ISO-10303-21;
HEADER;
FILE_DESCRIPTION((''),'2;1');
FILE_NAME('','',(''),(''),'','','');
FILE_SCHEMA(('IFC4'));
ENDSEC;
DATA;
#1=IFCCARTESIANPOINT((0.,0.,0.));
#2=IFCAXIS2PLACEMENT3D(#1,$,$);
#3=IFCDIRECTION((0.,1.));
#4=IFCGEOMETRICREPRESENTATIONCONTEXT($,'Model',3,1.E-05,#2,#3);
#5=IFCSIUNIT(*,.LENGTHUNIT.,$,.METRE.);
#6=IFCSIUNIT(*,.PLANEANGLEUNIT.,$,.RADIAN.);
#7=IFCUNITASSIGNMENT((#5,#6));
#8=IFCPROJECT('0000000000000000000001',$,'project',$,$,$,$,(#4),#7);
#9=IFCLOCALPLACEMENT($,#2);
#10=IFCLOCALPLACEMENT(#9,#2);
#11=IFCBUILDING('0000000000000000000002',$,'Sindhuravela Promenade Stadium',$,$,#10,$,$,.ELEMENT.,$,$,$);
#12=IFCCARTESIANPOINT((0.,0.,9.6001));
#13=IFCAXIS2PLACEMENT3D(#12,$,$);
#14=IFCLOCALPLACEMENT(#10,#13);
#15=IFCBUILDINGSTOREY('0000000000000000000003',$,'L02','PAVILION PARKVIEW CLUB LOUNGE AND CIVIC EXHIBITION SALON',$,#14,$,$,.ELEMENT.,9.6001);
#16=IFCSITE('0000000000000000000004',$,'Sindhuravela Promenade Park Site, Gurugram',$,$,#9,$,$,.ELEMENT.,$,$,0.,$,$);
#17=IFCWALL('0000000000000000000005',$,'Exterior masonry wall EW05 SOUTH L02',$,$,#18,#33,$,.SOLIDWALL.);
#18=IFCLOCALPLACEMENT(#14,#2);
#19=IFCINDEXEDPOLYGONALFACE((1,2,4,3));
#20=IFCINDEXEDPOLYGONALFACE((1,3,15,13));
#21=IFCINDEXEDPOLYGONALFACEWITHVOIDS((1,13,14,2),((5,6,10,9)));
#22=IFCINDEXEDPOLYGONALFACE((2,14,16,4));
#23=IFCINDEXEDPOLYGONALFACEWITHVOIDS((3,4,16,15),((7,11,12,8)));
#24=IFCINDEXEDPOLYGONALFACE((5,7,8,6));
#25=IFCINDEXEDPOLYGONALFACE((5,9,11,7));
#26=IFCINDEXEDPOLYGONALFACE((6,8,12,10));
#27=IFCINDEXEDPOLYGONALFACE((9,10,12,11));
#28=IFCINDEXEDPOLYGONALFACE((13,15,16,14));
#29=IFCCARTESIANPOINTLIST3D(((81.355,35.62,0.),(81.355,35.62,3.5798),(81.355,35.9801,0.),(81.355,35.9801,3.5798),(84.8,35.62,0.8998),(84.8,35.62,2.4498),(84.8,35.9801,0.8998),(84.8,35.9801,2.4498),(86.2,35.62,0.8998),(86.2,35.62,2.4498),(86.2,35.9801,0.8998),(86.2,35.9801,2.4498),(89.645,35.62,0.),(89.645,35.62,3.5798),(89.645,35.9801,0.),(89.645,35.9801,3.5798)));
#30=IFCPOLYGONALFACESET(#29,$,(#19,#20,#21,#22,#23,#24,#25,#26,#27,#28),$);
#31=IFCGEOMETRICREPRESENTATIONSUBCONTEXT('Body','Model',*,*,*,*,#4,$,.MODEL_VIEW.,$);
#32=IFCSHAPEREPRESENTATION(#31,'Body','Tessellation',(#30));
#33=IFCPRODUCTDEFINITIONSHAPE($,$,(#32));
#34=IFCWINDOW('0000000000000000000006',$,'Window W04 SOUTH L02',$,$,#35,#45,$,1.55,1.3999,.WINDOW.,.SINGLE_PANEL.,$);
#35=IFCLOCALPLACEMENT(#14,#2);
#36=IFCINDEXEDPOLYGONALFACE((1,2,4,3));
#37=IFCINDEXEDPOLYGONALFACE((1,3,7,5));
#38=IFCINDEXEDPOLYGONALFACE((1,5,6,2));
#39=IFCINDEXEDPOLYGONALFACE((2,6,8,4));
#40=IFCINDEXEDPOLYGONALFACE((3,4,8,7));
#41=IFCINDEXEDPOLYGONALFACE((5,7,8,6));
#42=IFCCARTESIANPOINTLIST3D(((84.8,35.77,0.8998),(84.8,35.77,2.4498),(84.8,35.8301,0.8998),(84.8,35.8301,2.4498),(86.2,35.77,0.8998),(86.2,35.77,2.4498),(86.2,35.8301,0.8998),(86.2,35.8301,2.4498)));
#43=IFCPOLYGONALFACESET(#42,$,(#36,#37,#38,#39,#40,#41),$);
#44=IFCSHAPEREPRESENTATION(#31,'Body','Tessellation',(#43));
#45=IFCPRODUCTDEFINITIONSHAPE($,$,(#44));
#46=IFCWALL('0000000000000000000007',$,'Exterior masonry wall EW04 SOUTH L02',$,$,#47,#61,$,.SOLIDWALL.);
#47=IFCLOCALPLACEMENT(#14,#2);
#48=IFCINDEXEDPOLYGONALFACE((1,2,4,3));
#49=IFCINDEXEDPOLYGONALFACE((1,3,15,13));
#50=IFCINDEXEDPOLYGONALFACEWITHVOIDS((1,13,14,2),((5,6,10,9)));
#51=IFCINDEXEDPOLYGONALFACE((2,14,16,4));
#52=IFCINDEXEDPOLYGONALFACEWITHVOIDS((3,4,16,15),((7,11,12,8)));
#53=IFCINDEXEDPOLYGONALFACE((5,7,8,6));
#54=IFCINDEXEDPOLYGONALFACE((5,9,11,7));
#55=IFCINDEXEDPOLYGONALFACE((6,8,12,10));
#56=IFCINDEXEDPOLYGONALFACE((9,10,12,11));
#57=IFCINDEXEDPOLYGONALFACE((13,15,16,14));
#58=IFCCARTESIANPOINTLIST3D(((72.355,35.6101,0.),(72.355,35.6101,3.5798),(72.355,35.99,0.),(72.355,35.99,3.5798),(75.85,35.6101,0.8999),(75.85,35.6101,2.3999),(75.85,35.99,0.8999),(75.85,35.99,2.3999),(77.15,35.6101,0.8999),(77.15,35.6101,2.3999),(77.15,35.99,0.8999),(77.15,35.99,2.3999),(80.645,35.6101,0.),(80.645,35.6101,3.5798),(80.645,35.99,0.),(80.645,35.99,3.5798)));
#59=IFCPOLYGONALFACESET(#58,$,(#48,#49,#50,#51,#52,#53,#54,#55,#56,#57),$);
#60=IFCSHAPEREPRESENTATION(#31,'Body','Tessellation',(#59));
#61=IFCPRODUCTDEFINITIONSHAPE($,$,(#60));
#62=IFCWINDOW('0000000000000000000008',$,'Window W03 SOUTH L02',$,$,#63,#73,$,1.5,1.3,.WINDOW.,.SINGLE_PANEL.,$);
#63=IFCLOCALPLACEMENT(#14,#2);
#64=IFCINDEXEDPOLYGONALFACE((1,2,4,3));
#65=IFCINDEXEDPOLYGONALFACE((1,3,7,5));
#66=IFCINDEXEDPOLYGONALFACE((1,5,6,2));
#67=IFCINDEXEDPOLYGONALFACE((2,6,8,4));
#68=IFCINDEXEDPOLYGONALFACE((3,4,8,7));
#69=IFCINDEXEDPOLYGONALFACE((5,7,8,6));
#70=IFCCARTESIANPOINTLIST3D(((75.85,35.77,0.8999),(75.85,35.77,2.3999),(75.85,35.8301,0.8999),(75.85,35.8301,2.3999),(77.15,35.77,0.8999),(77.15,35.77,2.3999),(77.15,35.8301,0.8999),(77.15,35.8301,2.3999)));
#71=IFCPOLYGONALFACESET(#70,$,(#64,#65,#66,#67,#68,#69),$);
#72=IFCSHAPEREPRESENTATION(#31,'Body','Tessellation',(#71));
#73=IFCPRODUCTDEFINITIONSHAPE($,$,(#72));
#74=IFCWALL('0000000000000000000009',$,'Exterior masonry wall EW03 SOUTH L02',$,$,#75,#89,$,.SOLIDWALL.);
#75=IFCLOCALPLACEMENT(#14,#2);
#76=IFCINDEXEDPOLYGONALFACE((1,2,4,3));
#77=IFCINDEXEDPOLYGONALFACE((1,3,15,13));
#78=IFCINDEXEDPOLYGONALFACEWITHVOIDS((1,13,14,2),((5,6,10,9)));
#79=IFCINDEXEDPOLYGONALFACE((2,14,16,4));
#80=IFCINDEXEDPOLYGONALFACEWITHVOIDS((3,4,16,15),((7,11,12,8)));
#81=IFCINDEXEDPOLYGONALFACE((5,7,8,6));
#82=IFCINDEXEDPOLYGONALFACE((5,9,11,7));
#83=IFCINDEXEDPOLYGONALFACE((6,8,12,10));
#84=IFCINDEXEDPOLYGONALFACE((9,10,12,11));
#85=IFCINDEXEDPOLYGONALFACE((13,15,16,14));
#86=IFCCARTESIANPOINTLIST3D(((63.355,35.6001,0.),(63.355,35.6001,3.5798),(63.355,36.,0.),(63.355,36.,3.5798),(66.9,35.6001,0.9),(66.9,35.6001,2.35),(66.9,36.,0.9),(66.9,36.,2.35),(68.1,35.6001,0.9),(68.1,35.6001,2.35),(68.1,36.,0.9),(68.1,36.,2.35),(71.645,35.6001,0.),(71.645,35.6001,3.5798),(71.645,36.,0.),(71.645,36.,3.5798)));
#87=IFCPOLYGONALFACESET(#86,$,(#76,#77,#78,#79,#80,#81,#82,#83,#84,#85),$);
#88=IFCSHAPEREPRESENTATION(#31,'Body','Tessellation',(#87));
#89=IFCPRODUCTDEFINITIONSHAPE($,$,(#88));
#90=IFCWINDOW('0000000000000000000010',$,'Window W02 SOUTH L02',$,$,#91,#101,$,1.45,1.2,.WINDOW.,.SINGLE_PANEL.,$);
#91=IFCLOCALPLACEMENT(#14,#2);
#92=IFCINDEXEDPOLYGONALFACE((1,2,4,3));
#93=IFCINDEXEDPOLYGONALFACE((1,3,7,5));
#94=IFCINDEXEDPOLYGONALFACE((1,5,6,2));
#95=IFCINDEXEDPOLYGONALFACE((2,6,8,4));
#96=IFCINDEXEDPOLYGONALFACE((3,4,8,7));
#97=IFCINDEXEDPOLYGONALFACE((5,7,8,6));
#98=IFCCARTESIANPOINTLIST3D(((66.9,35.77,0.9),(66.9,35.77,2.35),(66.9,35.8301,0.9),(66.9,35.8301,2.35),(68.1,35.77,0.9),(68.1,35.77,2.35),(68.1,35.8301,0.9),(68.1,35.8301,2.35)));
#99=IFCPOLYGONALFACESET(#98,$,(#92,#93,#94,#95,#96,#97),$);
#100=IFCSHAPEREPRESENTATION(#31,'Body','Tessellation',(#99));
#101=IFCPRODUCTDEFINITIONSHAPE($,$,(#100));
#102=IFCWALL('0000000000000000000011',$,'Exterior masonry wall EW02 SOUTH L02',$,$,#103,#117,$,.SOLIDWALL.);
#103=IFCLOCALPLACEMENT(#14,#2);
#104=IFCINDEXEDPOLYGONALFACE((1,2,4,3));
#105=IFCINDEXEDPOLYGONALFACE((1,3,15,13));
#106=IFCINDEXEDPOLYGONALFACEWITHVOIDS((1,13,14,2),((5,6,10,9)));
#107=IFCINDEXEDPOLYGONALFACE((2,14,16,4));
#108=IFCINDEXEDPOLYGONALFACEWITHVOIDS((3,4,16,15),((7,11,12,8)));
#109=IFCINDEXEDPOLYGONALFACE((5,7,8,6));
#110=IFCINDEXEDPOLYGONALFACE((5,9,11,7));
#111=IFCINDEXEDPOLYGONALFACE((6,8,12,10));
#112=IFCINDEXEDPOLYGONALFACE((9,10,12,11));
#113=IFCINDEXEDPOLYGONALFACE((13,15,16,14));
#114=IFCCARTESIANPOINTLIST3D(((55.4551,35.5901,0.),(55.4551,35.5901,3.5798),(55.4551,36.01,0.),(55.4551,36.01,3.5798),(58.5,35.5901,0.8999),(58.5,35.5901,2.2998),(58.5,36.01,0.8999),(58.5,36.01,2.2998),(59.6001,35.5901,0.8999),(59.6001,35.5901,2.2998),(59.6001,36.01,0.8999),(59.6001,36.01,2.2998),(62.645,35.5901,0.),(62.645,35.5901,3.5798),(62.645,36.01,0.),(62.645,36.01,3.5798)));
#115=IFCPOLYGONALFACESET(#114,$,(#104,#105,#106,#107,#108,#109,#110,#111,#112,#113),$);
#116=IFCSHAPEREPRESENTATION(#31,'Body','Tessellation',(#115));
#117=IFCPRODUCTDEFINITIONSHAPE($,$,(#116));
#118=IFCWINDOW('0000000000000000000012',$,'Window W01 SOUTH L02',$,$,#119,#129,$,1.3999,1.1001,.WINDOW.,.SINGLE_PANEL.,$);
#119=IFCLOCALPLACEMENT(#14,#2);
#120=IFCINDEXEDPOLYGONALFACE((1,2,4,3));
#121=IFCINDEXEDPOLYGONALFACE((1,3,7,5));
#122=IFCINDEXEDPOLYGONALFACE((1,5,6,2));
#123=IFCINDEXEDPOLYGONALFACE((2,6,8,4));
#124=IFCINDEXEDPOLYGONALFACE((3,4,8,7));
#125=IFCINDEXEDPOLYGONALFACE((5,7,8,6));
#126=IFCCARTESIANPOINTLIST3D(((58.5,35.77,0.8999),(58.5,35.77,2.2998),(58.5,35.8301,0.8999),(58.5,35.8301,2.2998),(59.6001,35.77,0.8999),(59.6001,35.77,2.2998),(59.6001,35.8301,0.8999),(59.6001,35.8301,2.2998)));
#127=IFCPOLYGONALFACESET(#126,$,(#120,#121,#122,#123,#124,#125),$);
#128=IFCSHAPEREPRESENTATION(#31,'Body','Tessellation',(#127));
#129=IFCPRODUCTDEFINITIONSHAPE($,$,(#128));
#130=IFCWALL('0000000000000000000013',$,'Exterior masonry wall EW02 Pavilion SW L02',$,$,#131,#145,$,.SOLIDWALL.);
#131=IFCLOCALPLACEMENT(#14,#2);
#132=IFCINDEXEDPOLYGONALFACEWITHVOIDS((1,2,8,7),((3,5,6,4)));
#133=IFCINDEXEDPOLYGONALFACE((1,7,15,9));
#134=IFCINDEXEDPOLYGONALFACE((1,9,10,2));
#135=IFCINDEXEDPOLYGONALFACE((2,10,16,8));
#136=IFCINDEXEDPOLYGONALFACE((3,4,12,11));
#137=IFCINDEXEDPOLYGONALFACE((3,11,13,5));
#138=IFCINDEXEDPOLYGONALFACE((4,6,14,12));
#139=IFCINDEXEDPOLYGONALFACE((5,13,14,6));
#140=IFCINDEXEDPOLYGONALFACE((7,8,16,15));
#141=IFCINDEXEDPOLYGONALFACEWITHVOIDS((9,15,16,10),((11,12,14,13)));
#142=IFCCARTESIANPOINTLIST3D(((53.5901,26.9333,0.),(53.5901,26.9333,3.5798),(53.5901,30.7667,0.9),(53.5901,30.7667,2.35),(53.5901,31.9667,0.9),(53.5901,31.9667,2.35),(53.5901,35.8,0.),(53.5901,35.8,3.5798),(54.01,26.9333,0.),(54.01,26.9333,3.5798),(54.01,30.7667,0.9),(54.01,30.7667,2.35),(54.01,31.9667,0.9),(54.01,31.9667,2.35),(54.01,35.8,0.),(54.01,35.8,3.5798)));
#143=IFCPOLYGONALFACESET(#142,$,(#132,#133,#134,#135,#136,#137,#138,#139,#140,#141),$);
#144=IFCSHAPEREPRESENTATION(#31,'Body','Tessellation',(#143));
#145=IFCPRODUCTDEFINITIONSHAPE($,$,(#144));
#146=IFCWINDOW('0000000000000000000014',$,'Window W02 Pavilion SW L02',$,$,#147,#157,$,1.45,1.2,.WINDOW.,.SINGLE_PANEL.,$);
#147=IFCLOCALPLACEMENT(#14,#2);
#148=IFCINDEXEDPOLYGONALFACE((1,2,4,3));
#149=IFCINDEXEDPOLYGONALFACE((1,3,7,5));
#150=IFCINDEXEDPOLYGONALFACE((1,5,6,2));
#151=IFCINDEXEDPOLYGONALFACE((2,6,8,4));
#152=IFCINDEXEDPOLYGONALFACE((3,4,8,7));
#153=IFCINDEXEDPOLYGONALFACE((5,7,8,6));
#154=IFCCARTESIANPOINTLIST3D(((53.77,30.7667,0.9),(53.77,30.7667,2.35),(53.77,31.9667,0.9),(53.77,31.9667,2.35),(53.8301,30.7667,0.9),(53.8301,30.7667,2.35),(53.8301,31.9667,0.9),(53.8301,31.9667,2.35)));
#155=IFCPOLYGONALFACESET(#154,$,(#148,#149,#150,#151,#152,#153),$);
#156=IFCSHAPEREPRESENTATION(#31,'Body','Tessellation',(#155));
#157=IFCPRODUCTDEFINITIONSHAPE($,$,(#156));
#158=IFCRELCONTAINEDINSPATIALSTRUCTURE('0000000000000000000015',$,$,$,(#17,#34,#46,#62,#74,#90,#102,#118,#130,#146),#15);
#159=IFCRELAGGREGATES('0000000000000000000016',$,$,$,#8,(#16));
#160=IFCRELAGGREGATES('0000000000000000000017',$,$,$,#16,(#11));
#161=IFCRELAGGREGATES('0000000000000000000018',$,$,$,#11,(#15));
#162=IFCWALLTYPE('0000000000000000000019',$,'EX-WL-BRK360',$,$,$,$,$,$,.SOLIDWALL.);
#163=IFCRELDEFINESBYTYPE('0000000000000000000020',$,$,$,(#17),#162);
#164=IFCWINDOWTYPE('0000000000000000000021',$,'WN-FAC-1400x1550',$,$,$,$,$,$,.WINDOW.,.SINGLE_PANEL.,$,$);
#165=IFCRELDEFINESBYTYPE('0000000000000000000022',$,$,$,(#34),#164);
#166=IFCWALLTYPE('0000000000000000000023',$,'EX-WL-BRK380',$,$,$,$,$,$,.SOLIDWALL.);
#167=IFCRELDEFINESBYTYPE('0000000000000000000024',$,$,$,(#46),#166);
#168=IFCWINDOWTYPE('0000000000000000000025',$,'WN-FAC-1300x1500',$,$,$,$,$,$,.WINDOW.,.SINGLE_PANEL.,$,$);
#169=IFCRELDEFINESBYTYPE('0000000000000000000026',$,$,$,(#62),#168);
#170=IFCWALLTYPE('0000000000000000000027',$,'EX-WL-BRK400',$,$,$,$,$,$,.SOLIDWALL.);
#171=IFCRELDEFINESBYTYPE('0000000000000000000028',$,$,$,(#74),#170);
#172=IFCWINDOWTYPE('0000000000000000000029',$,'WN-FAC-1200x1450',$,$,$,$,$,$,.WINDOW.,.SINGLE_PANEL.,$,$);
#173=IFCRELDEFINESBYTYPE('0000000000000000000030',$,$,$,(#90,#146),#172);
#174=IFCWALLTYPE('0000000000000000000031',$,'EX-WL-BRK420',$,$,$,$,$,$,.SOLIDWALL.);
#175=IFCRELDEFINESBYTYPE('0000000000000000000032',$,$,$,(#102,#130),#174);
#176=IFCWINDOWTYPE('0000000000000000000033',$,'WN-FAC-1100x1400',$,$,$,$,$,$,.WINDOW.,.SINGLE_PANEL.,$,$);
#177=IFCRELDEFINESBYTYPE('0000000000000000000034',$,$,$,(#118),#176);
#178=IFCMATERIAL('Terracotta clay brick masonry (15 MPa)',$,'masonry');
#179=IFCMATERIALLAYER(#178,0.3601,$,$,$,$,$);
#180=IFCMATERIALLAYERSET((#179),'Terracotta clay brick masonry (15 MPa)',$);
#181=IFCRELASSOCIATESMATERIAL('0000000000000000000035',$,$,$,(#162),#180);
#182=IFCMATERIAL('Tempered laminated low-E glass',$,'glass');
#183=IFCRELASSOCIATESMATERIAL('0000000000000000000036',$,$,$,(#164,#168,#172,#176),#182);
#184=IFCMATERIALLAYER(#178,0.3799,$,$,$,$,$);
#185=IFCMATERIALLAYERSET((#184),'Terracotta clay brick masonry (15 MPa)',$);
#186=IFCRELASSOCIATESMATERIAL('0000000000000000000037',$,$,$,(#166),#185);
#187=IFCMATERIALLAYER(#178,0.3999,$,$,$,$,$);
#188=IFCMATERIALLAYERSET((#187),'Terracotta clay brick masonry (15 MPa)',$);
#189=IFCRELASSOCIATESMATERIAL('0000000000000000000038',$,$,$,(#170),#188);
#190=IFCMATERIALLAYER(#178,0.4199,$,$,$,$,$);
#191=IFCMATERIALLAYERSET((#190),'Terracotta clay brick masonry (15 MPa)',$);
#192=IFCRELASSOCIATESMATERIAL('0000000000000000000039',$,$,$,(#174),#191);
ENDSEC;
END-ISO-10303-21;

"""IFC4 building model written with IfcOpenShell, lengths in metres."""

from ifc_helpers import new_model, si_unit, direction, frame, frame_2d, origin, place, context, subcontext, project, spatial, rectangle, extrude, material, layer, layer_set, type_object, element, fill, save


model = new_model("IFC4")

# Units and contexts
model_context = context("Model", 3, precision=1e-05, world=origin(), true_north=direction((0.0, 1.0)))
body_context = subcontext(model_context, "Body", "Model", "MODEL_VIEW")
ifc_project = project(units=[si_unit("LENGTHUNIT", "METRE"), si_unit("PLANEANGLEUNIT", "RADIAN")], contexts=[model_context])

# Site, building, storey
site_placement = place(None, origin())
site = spatial("IfcSite", under=ifc_project, at=site_placement, Name="Sindhuravela Promenade Park Site, Gurugram", CompositionType="ELEMENT", RefElevation=0.0)
building_placement = place(site_placement, origin())
building = spatial("IfcBuilding", under=site, at=building_placement, Name="Sindhuravela Promenade Stadium", CompositionType="ELEMENT")
storey_placement = place(building_placement, frame((0.0, 0.0, 9.6001)))
storey = spatial("IfcBuildingStorey", under=building, at=storey_placement, Name="L02", Description="PAVILION PARKVIEW CLUB LOUNGE AND CIVIC EXHIBITION SALON", CompositionType="ELEMENT", Elevation=9.6001)

# Walls, openings, windows
ifc_material_1 = material(Name="Terracotta clay brick masonry (15 MPa)", Category="masonry")
ifc_material_2 = material(Name="Tempered laminated low-E glass", Category="glass")
ifc_layer_1 = layer(ifc_material_1, 0.3601)
ifc_layer_set_1 = layer_set([ifc_layer_1], Name="Terracotta clay brick masonry (15 MPa)")
wall_type_1 = type_object("IfcWallType", Name="EX-WL-BRK360", PredefinedType="SOLIDWALL", material=ifc_layer_set_1)
wall_1_placement = place(storey_placement, frame((81.355, 35.8, 0.0), z_axis=(0.0, 0.0, 1.0), x_axis=(1.0, 0.0, 0.0)))
wall_1 = element("IfcWall", 1, at=wall_1_placement, inside=storey, type_object=wall_type_1, Name="Exterior masonry wall EW05 SOUTH L02", PredefinedType="SOLIDWALL", context=body_context, shape_type="SweptSolid", body=[
    extrude(rectangle(XDim=8.29, YDim=0.3601, at=frame_2d((4.145, 0.0))), origin(), (0.0, 0.0, 1.0), 3.5798),
])
opening_1_placement = place(wall_1_placement, frame((3.4451, 0.0, 0.8999)))
opening_1 = element("IfcOpeningElement", 2, at=opening_1_placement, cuts=wall_1, PredefinedType="OPENING", context=body_context, shape_type="SweptSolid", body=[
    extrude(rectangle(XDim=1.3999, YDim=1.55, at=frame_2d((0.7, 0.7749))), frame((0.0, 0.1899, 0.0), z_axis=(0.0, -1.0, 0.0), x_axis=(1.0, 0.0, 0.0)), (0.0, 0.0, 1.0), 0.3801),
])
window_type_1 = type_object("IfcWindowType", Name="WN-FAC-1400x1550", PartitioningType="SINGLE_PANEL", PredefinedType="WINDOW", material=ifc_material_2)
window_1_placement = place(opening_1_placement, origin())
window_1 = element("IfcWindow", 3, at=window_1_placement, inside=storey, type_object=window_type_1, Name="Window W04 SOUTH L02", OverallHeight=1.55, OverallWidth=1.3999, PartitioningType="SINGLE_PANEL", PredefinedType="WINDOW", context=body_context, shape_type="SweptSolid", body=[
    extrude(rectangle(XDim=1.3999, YDim=1.55, at=frame_2d((0.7, 0.7749))), frame((0.0, 0.03, 0.0), z_axis=(0.0, -1.0, 0.0), x_axis=(1.0, 0.0, 0.0)), (0.0, 0.0, 1.0), 0.0601),
])
fill(opening_1, window_1)
ifc_layer_2 = layer(ifc_material_1, 0.3799)
ifc_layer_set_2 = layer_set([ifc_layer_2], Name="Terracotta clay brick masonry (15 MPa)")
wall_type_2 = type_object("IfcWallType", Name="EX-WL-BRK380", PredefinedType="SOLIDWALL", material=ifc_layer_set_2)
wall_2_placement = place(storey_placement, frame((72.355, 35.8, 0.0), z_axis=(0.0, 0.0, 1.0), x_axis=(1.0, 0.0, 0.0)))
wall_2 = element("IfcWall", 4, at=wall_2_placement, inside=storey, type_object=wall_type_2, Name="Exterior masonry wall EW04 SOUTH L02", PredefinedType="SOLIDWALL", context=body_context, shape_type="SweptSolid", body=[
    extrude(rectangle(XDim=8.29, YDim=0.3799, at=frame_2d((4.145, 0.0))), origin(), (0.0, 0.0, 1.0), 3.5798),
])
opening_2_placement = place(wall_2_placement, frame((3.4951, 0.0, 0.8999)))
opening_2 = element("IfcOpeningElement", 5, at=opening_2_placement, cuts=wall_2, PredefinedType="OPENING", context=body_context, shape_type="SweptSolid", body=[
    extrude(rectangle(XDim=1.3, YDim=1.5, at=frame_2d((0.6499, 0.75))), frame((0.0, 0.2, 0.0), z_axis=(0.0, -1.0, 0.0), x_axis=(1.0, 0.0, 0.0)), (0.0, 0.0, 1.0), 0.3999),
])
window_type_2 = type_object("IfcWindowType", Name="WN-FAC-1300x1500", PartitioningType="SINGLE_PANEL", PredefinedType="WINDOW", material=ifc_material_2)
window_2_placement = place(opening_2_placement, origin())
window_2 = element("IfcWindow", 6, at=window_2_placement, inside=storey, type_object=window_type_2, Name="Window W03 SOUTH L02", OverallHeight=1.5, OverallWidth=1.3, PartitioningType="SINGLE_PANEL", PredefinedType="WINDOW", context=body_context, shape_type="SweptSolid", body=[
    extrude(rectangle(XDim=1.3, YDim=1.5, at=frame_2d((0.6499, 0.75))), frame((0.0, 0.03, 0.0), z_axis=(0.0, -1.0, 0.0), x_axis=(1.0, 0.0, 0.0)), (0.0, 0.0, 1.0), 0.0601),
])
fill(opening_2, window_2)
ifc_layer_3 = layer(ifc_material_1, 0.3999)
ifc_layer_set_3 = layer_set([ifc_layer_3], Name="Terracotta clay brick masonry (15 MPa)")
wall_type_3 = type_object("IfcWallType", Name="EX-WL-BRK400", PredefinedType="SOLIDWALL", material=ifc_layer_set_3)
wall_3_placement = place(storey_placement, frame((63.355, 35.8, 0.0), z_axis=(0.0, 0.0, 1.0), x_axis=(1.0, 0.0, 0.0)))
wall_3 = element("IfcWall", 7, at=wall_3_placement, inside=storey, type_object=wall_type_3, Name="Exterior masonry wall EW03 SOUTH L02", PredefinedType="SOLIDWALL", context=body_context, shape_type="SweptSolid", body=[
    extrude(rectangle(XDim=8.29, YDim=0.3999, at=frame_2d((4.145, 0.0))), origin(), (0.0, 0.0, 1.0), 3.5798),
])
opening_3_placement = place(wall_3_placement, frame((3.5449, 0.0, 0.8999)))
opening_3 = element("IfcOpeningElement", 8, at=opening_3_placement, cuts=wall_3, PredefinedType="OPENING", context=body_context, shape_type="SweptSolid", body=[
    extrude(rectangle(XDim=1.2, YDim=1.45, at=frame_2d((0.6001, 0.7251))), frame((0.0, 0.21, 0.0), z_axis=(0.0, -1.0, 0.0), x_axis=(1.0, 0.0, 0.0)), (0.0, 0.0, 1.0), 0.4199),
])
window_type_3 = type_object("IfcWindowType", Name="WN-FAC-1200x1450", PartitioningType="SINGLE_PANEL", PredefinedType="WINDOW", material=ifc_material_2)
window_3_placement = place(opening_3_placement, origin())
window_3 = element("IfcWindow", 9, at=window_3_placement, inside=storey, type_object=window_type_3, Name="Window W02 SOUTH L02", OverallHeight=1.45, OverallWidth=1.2, PartitioningType="SINGLE_PANEL", PredefinedType="WINDOW", context=body_context, shape_type="SweptSolid", body=[
    extrude(rectangle(XDim=1.2, YDim=1.45, at=frame_2d((0.6001, 0.7251))), frame((0.0, 0.03, 0.0), z_axis=(0.0, -1.0, 0.0), x_axis=(1.0, 0.0, 0.0)), (0.0, 0.0, 1.0), 0.0601),
])
fill(opening_3, window_3)
ifc_layer_4 = layer(ifc_material_1, 0.4199)
ifc_layer_set_4 = layer_set([ifc_layer_4], Name="Terracotta clay brick masonry (15 MPa)")
wall_type_4 = type_object("IfcWallType", Name="EX-WL-BRK420", PredefinedType="SOLIDWALL", material=ifc_layer_set_4)
wall_4_placement = place(storey_placement, frame((55.4551, 35.8, 0.0), z_axis=(0.0, 0.0, 1.0), x_axis=(1.0, 0.0, 0.0)))
wall_4 = element("IfcWall", 10, at=wall_4_placement, inside=storey, type_object=wall_type_4, Name="Exterior masonry wall EW02 SOUTH L02", PredefinedType="SOLIDWALL", context=body_context, shape_type="SweptSolid", body=[
    extrude(rectangle(XDim=7.1899, YDim=0.4199, at=frame_2d((3.595, 0.0))), origin(), (0.0, 0.0, 1.0), 3.5798),
])
opening_4_placement = place(wall_4_placement, frame((3.0449, 0.0, 0.8999)))
opening_4 = element("IfcOpeningElement", 11, at=opening_4_placement, cuts=wall_4, PredefinedType="OPENING", context=body_context, shape_type="SweptSolid", body=[
    extrude(rectangle(XDim=1.1001, YDim=1.3999, at=frame_2d((0.55, 0.7))), frame((0.0, 0.22, 0.0), z_axis=(0.0, -1.0, 0.0), x_axis=(1.0, 0.0, 0.0)), (0.0, 0.0, 1.0), 0.4399),
])
window_type_4 = type_object("IfcWindowType", Name="WN-FAC-1100x1400", PartitioningType="SINGLE_PANEL", PredefinedType="WINDOW", material=ifc_material_2)
window_4_placement = place(opening_4_placement, origin())
window_4 = element("IfcWindow", 12, at=window_4_placement, inside=storey, type_object=window_type_4, Name="Window W01 SOUTH L02", OverallHeight=1.3999, OverallWidth=1.1001, PartitioningType="SINGLE_PANEL", PredefinedType="WINDOW", context=body_context, shape_type="SweptSolid", body=[
    extrude(rectangle(XDim=1.1001, YDim=1.3999, at=frame_2d((0.55, 0.7))), frame((0.0, 0.03, 0.0), z_axis=(0.0, -1.0, 0.0), x_axis=(1.0, 0.0, 0.0)), (0.0, 0.0, 1.0), 0.0601),
])
fill(opening_4, window_4)
wall_5_placement = place(storey_placement, frame((53.8, 35.8, 0.0), z_axis=(0.0, 0.0, 1.0), x_axis=(0.0, -1.0, 0.0)))
wall_5 = element("IfcWall", 13, at=wall_5_placement, inside=storey, type_object=wall_type_4, Name="Exterior masonry wall EW02 Pavilion SW L02", PredefinedType="SOLIDWALL", context=body_context, shape_type="SweptSolid", body=[
    extrude(rectangle(XDim=8.8667, YDim=0.4199, at=frame_2d((4.4333, 0.0))), origin(), (0.0, 0.0, 1.0), 3.5798),
])
opening_5_placement = place(wall_5_placement, frame((3.8333, 0.0, 0.8999)))
opening_5 = element("IfcOpeningElement", 14, at=opening_5_placement, cuts=wall_5, PredefinedType="OPENING", context=body_context, shape_type="SweptSolid", body=[
    extrude(rectangle(XDim=1.2, YDim=1.45, at=frame_2d((0.6001, 0.7251))), frame((0.0, 0.22, 0.0), z_axis=(0.0, -1.0, 0.0), x_axis=(1.0, 0.0, 0.0)), (0.0, 0.0, 1.0), 0.4399),
])
window_5_placement = place(opening_5_placement, origin())
window_5 = element("IfcWindow", 15, at=window_5_placement, inside=storey, type_object=window_type_3, Name="Window W02 Pavilion SW L02", OverallHeight=1.45, OverallWidth=1.2, PartitioningType="SINGLE_PANEL", PredefinedType="WINDOW", context=body_context, shape_type="SweptSolid", body=[
    extrude(rectangle(XDim=1.2, YDim=1.45, at=frame_2d((0.6001, 0.7251))), frame((0.0, 0.03, 0.0), z_axis=(0.0, -1.0, 0.0), x_axis=(1.0, 0.0, 0.0)), (0.0, 0.0, 1.0), 0.0601),
])
fill(opening_5, window_5)

save(model, "model.ifc")
